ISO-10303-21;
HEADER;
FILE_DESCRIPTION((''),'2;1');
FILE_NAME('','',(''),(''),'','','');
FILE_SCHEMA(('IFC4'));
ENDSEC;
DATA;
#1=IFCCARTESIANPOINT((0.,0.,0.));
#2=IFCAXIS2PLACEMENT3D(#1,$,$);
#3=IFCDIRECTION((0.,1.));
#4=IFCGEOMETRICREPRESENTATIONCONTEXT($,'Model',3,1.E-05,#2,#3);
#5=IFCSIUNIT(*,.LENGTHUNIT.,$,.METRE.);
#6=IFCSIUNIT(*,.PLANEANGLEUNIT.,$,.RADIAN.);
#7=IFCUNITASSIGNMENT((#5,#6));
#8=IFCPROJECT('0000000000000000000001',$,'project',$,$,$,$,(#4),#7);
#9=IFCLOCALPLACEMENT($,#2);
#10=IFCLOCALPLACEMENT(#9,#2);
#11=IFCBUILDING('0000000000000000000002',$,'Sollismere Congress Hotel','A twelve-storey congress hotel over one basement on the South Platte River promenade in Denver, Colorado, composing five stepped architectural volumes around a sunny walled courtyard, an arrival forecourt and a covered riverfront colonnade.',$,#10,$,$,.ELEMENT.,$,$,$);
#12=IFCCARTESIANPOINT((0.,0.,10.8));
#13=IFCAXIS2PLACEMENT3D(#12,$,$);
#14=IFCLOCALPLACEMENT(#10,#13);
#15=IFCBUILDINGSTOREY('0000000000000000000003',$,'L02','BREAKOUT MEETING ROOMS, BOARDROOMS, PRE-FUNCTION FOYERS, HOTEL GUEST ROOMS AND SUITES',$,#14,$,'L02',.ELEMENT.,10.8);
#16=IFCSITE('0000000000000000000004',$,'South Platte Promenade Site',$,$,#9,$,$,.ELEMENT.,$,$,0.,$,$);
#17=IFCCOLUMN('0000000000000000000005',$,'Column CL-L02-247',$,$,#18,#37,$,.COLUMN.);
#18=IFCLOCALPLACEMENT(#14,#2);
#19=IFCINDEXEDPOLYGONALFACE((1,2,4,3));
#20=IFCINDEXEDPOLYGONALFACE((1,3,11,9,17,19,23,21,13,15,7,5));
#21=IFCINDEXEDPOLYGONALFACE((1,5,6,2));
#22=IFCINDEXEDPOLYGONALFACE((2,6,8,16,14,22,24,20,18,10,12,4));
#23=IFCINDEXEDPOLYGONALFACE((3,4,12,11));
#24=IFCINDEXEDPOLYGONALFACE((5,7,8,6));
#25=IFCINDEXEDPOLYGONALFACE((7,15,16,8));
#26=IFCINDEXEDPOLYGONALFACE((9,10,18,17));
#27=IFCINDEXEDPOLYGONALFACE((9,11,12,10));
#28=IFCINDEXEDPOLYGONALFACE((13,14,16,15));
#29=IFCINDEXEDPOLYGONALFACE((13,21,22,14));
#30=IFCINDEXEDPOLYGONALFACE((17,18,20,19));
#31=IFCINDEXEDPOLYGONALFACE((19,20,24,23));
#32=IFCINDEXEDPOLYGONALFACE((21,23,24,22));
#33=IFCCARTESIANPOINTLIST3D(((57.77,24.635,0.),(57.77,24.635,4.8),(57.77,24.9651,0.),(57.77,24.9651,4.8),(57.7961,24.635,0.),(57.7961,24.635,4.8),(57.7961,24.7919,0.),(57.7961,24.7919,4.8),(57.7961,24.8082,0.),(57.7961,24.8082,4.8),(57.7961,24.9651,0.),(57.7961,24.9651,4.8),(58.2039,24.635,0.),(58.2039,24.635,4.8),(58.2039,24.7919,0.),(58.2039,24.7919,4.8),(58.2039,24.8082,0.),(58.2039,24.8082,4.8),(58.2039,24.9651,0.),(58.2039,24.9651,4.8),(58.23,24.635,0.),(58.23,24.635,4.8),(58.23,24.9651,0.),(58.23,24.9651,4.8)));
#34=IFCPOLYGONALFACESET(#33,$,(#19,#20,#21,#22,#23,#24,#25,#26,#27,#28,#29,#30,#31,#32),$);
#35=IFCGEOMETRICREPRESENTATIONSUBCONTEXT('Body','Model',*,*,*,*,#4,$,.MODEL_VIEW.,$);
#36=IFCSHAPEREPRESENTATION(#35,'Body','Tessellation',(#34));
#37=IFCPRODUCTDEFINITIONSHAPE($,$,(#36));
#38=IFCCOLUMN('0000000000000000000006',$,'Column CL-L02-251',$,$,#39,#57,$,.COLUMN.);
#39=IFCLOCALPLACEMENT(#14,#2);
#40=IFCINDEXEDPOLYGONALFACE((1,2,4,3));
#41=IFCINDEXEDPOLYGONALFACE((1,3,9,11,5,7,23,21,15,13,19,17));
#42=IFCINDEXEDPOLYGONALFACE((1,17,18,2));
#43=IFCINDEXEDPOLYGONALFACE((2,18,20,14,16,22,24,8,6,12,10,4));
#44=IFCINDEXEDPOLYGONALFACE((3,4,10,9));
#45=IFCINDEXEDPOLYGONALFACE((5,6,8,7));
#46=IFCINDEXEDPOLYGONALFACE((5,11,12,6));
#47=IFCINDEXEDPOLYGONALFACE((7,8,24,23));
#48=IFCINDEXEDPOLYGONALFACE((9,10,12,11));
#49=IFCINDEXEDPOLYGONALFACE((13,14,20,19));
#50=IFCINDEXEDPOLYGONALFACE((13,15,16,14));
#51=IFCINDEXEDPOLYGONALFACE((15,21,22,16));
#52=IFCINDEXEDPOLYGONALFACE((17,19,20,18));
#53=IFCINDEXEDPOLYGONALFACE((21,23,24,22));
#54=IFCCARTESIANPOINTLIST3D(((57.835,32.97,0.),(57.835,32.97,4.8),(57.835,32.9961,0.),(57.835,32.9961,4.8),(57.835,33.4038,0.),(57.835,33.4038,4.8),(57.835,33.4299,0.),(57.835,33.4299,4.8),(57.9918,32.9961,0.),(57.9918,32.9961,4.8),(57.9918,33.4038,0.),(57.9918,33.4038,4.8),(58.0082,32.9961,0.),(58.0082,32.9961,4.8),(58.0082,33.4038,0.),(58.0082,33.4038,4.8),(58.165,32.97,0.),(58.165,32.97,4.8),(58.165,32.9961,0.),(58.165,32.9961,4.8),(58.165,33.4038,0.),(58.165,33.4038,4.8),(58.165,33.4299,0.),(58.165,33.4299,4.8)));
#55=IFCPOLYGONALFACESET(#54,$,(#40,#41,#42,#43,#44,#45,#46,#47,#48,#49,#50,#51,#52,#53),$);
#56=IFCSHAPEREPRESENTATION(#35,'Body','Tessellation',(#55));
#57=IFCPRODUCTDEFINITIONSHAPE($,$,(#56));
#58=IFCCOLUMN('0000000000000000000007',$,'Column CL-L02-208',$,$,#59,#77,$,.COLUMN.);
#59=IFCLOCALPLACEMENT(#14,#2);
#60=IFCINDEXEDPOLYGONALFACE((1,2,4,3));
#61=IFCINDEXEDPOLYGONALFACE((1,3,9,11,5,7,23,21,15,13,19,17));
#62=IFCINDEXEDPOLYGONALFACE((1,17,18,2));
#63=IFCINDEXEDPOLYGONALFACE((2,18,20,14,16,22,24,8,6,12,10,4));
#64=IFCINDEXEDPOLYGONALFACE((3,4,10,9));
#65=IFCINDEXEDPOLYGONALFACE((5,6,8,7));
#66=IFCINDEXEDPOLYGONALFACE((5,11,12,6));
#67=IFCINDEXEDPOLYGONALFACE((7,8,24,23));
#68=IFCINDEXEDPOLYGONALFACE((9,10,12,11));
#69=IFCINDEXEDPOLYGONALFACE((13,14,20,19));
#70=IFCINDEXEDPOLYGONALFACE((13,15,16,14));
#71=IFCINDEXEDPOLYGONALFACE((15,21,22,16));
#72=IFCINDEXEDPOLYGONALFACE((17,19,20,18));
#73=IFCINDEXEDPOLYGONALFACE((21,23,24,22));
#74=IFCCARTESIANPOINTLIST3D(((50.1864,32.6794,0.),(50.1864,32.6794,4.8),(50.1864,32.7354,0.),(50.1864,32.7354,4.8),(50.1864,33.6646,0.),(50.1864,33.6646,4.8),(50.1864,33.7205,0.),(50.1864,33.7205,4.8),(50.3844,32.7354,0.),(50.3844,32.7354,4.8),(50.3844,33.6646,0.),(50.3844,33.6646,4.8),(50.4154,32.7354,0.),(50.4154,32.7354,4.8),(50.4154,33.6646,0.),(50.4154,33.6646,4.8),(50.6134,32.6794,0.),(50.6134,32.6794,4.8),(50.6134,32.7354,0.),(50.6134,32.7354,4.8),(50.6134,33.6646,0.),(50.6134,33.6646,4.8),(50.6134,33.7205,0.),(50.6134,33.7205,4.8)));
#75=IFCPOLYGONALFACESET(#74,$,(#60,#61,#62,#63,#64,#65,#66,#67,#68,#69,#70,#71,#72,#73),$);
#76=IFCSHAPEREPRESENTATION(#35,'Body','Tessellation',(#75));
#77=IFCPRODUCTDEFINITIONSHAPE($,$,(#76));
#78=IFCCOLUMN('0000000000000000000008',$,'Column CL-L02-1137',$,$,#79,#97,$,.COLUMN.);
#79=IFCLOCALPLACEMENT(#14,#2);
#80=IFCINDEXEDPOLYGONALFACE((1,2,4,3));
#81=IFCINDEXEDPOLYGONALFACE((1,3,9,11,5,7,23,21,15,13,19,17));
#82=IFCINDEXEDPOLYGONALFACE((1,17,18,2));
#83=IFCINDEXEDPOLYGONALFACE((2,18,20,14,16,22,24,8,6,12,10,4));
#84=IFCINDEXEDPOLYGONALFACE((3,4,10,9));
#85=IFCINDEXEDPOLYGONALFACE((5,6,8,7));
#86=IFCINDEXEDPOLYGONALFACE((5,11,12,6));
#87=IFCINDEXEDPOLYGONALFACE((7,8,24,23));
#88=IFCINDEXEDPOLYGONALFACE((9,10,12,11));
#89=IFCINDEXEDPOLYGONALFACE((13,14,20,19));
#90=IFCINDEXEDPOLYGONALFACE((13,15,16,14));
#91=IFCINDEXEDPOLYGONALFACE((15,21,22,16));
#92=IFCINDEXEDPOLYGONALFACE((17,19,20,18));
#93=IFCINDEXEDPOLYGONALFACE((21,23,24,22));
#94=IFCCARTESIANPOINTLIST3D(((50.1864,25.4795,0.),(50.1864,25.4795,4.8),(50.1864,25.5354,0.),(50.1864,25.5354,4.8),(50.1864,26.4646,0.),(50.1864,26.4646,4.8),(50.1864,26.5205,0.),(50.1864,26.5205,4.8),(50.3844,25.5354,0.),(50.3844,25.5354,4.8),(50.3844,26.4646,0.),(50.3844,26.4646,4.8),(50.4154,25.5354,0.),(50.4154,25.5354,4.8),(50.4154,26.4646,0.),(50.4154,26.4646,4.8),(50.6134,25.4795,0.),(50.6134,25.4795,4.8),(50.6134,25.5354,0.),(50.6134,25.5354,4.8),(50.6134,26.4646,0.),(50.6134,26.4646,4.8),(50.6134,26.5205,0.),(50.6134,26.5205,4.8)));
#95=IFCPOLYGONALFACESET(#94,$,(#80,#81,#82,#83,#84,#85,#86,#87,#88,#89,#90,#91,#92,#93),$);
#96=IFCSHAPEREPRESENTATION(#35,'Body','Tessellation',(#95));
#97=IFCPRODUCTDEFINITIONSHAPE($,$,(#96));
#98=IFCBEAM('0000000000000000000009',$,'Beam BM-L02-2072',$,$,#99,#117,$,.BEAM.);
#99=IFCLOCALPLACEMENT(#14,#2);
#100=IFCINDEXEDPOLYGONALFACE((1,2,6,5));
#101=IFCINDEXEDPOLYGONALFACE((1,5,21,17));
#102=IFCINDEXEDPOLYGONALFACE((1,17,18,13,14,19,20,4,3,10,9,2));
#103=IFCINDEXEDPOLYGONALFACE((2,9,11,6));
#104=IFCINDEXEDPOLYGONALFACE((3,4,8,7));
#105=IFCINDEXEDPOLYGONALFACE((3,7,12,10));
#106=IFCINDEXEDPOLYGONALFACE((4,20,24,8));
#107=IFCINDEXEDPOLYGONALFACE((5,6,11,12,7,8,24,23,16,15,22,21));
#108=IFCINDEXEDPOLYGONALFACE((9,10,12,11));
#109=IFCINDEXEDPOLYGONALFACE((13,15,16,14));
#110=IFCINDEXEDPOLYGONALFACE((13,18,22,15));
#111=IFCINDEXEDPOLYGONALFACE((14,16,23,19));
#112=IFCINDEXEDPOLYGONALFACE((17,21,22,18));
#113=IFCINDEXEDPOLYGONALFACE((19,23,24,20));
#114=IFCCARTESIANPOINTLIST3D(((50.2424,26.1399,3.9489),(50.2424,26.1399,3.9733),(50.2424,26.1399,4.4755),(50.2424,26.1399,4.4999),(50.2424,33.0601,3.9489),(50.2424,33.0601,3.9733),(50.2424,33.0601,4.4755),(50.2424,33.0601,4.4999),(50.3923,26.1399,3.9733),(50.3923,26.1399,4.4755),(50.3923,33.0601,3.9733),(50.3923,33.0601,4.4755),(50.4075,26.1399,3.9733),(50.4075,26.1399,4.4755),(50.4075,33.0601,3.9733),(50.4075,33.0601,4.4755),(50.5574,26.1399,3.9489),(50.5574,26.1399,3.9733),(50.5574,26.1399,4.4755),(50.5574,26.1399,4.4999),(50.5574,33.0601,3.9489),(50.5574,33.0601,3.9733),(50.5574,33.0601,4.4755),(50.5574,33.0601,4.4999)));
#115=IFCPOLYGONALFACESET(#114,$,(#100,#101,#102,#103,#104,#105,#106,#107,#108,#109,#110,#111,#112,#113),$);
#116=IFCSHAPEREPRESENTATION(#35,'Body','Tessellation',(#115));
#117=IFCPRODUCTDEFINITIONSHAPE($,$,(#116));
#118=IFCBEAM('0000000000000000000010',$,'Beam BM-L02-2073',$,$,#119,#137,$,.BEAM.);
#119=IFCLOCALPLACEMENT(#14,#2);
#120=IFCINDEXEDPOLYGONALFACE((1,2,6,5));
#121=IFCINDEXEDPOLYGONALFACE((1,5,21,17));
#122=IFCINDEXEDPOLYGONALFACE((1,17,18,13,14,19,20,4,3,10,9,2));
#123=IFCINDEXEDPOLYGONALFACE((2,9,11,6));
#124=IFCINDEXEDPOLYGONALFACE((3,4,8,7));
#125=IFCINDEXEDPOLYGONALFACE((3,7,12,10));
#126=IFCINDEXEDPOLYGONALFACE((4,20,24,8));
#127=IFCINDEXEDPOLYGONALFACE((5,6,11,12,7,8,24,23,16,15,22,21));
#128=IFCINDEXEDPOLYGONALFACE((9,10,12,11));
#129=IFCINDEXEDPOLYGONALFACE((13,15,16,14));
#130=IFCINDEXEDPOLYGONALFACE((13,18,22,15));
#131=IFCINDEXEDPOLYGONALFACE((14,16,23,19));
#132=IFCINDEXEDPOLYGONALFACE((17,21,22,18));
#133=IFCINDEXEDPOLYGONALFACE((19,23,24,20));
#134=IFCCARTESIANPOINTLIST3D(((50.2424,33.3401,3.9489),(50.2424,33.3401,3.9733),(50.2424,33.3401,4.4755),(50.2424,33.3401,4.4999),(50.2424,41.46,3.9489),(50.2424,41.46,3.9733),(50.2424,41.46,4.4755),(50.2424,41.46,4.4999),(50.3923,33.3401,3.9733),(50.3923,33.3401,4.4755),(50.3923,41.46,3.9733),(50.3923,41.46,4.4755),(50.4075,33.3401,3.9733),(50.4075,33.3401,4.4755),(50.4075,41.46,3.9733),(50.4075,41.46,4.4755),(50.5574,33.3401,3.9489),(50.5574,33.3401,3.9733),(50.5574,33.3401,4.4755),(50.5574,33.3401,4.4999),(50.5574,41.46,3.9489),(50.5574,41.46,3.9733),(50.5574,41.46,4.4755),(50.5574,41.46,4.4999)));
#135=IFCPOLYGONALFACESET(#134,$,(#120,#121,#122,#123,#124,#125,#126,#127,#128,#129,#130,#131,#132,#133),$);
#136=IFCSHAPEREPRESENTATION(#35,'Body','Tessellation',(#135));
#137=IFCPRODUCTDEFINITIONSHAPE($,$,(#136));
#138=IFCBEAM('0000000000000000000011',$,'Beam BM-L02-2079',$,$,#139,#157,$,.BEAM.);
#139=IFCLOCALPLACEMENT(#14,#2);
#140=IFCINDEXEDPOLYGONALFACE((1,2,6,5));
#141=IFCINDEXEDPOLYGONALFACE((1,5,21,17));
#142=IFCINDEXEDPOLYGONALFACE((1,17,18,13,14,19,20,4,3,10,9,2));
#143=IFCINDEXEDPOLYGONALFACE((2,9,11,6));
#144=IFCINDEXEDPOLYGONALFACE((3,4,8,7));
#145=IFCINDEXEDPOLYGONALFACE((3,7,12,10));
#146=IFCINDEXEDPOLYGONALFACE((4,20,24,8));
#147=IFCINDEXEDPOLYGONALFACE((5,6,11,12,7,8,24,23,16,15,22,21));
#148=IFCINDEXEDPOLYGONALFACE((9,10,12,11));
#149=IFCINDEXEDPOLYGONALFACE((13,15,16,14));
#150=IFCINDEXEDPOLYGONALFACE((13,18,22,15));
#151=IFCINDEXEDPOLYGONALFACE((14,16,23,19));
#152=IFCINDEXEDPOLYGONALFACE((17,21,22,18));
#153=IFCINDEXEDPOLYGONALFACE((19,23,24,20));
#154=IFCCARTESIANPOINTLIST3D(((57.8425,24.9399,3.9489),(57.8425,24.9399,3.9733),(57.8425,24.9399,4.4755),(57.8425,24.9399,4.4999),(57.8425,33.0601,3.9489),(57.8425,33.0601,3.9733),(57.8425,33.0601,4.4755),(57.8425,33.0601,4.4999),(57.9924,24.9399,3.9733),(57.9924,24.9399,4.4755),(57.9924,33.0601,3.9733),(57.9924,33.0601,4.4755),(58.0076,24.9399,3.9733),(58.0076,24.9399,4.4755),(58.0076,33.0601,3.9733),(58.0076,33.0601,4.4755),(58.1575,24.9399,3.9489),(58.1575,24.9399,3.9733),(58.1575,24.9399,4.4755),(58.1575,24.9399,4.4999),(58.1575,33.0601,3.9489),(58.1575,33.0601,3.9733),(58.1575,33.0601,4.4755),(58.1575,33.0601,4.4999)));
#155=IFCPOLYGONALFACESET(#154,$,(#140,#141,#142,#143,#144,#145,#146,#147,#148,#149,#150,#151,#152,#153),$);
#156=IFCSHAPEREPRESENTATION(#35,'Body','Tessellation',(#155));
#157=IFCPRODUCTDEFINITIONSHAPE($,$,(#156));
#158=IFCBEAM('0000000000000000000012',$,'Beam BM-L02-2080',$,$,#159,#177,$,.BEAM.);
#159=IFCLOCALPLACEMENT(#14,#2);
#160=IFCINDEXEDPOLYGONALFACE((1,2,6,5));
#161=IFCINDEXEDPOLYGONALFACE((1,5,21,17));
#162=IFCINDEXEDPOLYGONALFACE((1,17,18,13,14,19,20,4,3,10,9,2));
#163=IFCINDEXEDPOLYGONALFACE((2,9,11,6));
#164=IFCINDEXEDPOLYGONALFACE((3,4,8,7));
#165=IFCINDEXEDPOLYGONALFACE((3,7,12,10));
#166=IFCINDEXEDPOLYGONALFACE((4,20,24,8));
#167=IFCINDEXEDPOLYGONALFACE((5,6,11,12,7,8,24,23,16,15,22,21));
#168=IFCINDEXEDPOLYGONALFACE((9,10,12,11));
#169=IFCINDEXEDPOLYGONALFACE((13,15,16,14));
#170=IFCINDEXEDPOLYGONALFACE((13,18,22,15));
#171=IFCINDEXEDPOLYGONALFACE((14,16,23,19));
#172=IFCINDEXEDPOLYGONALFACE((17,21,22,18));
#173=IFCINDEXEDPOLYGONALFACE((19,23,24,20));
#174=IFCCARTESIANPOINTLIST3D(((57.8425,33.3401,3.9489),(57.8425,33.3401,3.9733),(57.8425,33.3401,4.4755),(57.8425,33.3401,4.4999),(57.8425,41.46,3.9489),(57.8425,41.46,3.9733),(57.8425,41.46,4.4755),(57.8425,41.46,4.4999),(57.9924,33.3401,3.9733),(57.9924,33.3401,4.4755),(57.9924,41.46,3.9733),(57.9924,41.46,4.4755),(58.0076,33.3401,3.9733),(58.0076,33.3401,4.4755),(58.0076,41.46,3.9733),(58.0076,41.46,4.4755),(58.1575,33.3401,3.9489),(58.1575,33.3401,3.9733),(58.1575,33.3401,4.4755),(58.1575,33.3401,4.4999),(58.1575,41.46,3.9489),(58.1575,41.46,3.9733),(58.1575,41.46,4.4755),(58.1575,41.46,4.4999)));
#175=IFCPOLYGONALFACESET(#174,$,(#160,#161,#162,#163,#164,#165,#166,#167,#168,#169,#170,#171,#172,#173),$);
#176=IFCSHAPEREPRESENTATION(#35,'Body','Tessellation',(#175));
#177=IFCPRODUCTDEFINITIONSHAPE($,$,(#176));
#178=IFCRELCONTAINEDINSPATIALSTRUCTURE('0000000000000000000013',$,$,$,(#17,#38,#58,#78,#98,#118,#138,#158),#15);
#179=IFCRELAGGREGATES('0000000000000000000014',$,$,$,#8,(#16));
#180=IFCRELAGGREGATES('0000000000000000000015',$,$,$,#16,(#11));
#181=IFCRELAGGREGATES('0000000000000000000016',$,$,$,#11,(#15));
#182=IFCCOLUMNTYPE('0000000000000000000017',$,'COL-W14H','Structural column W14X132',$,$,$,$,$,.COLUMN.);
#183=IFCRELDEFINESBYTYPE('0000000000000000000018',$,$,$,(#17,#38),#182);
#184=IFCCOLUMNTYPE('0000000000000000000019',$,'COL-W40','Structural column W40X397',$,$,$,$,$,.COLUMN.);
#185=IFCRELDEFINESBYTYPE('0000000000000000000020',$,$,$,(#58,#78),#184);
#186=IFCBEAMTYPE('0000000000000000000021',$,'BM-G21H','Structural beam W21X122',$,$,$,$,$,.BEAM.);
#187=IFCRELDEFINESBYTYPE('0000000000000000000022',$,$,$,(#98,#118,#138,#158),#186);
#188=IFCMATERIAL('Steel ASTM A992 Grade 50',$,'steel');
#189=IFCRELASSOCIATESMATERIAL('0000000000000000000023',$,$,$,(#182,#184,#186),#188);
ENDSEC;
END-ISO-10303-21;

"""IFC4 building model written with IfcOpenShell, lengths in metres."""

from ifc_helpers import new_model, si_unit, direction, frame, origin, origin_2d, place, context, subcontext, project, spatial, i_section, extrude, material, material_profile, profile_set, type_object, element, save


model = new_model("IFC4")

# Units and contexts
model_context = context("Model", 3, precision=1e-05, world=origin(), true_north=direction((0.0, 1.0)))
body_context = subcontext(model_context, "Body", "Model", "MODEL_VIEW")
ifc_project = project(units=[si_unit("LENGTHUNIT", "METRE"), si_unit("PLANEANGLEUNIT", "RADIAN")], contexts=[model_context])

# Site, building, storey
site_placement = place(None, origin())
site = spatial("IfcSite", under=ifc_project, at=site_placement, Name="South Platte Promenade Site", CompositionType="ELEMENT", RefElevation=0.0)
building_placement = place(site_placement, origin())
building = spatial("IfcBuilding", under=site, at=building_placement, Name="Sollismere Congress Hotel", Description="A twelve-storey congress hotel over one basement on the South Platte River promenade in Denver, Colorado, composing five stepped architectural volumes around a sunny walled courtyard, an arrival forecourt and a covered riverfront colonnade.", CompositionType="ELEMENT")
storey_placement = place(building_placement, frame((0.0, 0.0, 10.8)))
storey = spatial("IfcBuildingStorey", under=building, at=storey_placement, Name="L02", Description="BREAKOUT MEETING ROOMS, BOARDROOMS, PRE-FUNCTION FOYERS, HOTEL GUEST ROOMS AND SUITES", LongName="L02", CompositionType="ELEMENT", Elevation=10.8)

# Columns
ifc_material_1 = material(Name="Steel ASTM A992 Grade 50", Category="steel")
ifc_material_profile_1 = material_profile(ifc_material_1, i_section(OverallWidth=0.3301, OverallDepth=0.46, WebThickness=0.0164, FlangeThickness=0.0261, at=origin_2d()), Name="W14X132")
ifc_profile_set_1 = profile_set([ifc_material_profile_1], Name="Steel ASTM A992 Grade 50")
column_type_1 = type_object("IfcColumnType", Name="COL-W14H", Description="Structural column W14X132", PredefinedType="COLUMN", material=ifc_profile_set_1)
for number, where, z_axis, x_axis, name in (
    (1, (58.0, 24.8, 0.0), (0.0, 0.0, 1.0), (0.0, 1.0, 0.0), "Column CL-L02-247"),
    (2, (58.0, 33.2, 0.0), (0.0, 0.0, 1.0), (1.0, 0.0, 0.0), "Column CL-L02-251"),
):
    element("IfcColumn", number, at=place(storey_placement, frame(where, z_axis=z_axis, x_axis=x_axis)), inside=storey, type_object=column_type_1, Name=name, PredefinedType="COLUMN", context=body_context, shape_type="SweptSolid", body=[
        extrude(i_section(OverallWidth=0.3301, OverallDepth=0.46, WebThickness=0.0164, FlangeThickness=0.0261, at=origin_2d()), origin(), (0.0, 0.0, 1.0), 4.8),
    ])
ifc_material_profile_2 = material_profile(ifc_material_1, i_section(OverallWidth=0.427, OverallDepth=1.041, WebThickness=0.031, FlangeThickness=0.0559, at=origin_2d()), Name="W40X397")
ifc_profile_set_2 = profile_set([ifc_material_profile_2], Name="Steel ASTM A992 Grade 50")
column_type_2 = type_object("IfcColumnType", Name="COL-W40", Description="Structural column W40X397", PredefinedType="COLUMN", material=ifc_profile_set_2)
for number, where, z_axis, x_axis, name in (
    (3, (50.3999, 33.2, 0.0), (0.0, 0.0, 1.0), (1.0, 0.0, 0.0), "Column CL-L02-208"),
    (4, (50.3999, 26.0, 0.0), (0.0, 0.0, 1.0), (1.0, 0.0, 0.0), "Column CL-L02-1137"),
):
    element("IfcColumn", number, at=place(storey_placement, frame(where, z_axis=z_axis, x_axis=x_axis)), inside=storey, type_object=column_type_2, Name=name, PredefinedType="COLUMN", context=body_context, shape_type="SweptSolid", body=[
        extrude(i_section(OverallWidth=0.427, OverallDepth=1.041, WebThickness=0.031, FlangeThickness=0.0559, at=origin_2d()), origin(), (0.0, 0.0, 1.0), 4.8),
    ])

# Beams
ifc_material_profile_3 = material_profile(ifc_material_1, i_section(OverallWidth=0.3149, OverallDepth=0.551, WebThickness=0.0151, FlangeThickness=0.0244, at=origin_2d()), Name="W21X122")
ifc_profile_set_3 = profile_set([ifc_material_profile_3], Name="Steel ASTM A992 Grade 50")
beam_type_1 = type_object("IfcBeamType", Name="BM-G21H", Description="Structural beam W21X122", PredefinedType="BEAM", material=ifc_profile_set_3)
beam_1_placement = place(storey_placement, frame((50.3999, 26.1399, 4.2244), z_axis=(0.0, 1.0, 0.0), x_axis=(-1.0, 0.0, 0.0)))
element("IfcBeam", 5, at=beam_1_placement, inside=storey, type_object=beam_type_1, Name="Beam BM-L02-2072", PredefinedType="BEAM", context=body_context, shape_type="SweptSolid", body=[
    extrude(i_section(OverallWidth=0.3149, OverallDepth=0.551, WebThickness=0.0151, FlangeThickness=0.0244, at=origin_2d()), origin(), (0.0, 0.0, 1.0), 6.9202),
])
beam_2_placement = place(storey_placement, frame((50.3999, 33.3401, 4.2244), z_axis=(0.0, 1.0, 0.0), x_axis=(-1.0, 0.0, 0.0)))
element("IfcBeam", 6, at=beam_2_placement, inside=storey, type_object=beam_type_1, Name="Beam BM-L02-2073", PredefinedType="BEAM", context=body_context, shape_type="SweptSolid", body=[
    extrude(i_section(OverallWidth=0.3149, OverallDepth=0.551, WebThickness=0.0151, FlangeThickness=0.0244, at=origin_2d()), origin(), (0.0, 0.0, 1.0), 8.1199),
])
beam_3_placement = place(storey_placement, frame((58.0, 24.9399, 4.2244), z_axis=(0.0, 1.0, 0.0), x_axis=(-1.0, 0.0, 0.0)))
element("IfcBeam", 7, at=beam_3_placement, inside=storey, type_object=beam_type_1, Name="Beam BM-L02-2079", PredefinedType="BEAM", context=body_context, shape_type="SweptSolid", body=[
    extrude(i_section(OverallWidth=0.3149, OverallDepth=0.551, WebThickness=0.0151, FlangeThickness=0.0244, at=origin_2d()), origin(), (0.0, 0.0, 1.0), 8.1201),
])
beam_4_placement = place(storey_placement, frame((58.0, 33.3401, 4.2244), z_axis=(0.0, 1.0, 0.0), x_axis=(-1.0, 0.0, 0.0)))
element("IfcBeam", 8, at=beam_4_placement, inside=storey, type_object=beam_type_1, Name="Beam BM-L02-2080", PredefinedType="BEAM", context=body_context, shape_type="SweptSolid", body=[
    extrude(i_section(OverallWidth=0.3149, OverallDepth=0.551, WebThickness=0.0151, FlangeThickness=0.0244, at=origin_2d()), origin(), (0.0, 0.0, 1.0), 8.1199),
])

save(model, "model.ifc")
